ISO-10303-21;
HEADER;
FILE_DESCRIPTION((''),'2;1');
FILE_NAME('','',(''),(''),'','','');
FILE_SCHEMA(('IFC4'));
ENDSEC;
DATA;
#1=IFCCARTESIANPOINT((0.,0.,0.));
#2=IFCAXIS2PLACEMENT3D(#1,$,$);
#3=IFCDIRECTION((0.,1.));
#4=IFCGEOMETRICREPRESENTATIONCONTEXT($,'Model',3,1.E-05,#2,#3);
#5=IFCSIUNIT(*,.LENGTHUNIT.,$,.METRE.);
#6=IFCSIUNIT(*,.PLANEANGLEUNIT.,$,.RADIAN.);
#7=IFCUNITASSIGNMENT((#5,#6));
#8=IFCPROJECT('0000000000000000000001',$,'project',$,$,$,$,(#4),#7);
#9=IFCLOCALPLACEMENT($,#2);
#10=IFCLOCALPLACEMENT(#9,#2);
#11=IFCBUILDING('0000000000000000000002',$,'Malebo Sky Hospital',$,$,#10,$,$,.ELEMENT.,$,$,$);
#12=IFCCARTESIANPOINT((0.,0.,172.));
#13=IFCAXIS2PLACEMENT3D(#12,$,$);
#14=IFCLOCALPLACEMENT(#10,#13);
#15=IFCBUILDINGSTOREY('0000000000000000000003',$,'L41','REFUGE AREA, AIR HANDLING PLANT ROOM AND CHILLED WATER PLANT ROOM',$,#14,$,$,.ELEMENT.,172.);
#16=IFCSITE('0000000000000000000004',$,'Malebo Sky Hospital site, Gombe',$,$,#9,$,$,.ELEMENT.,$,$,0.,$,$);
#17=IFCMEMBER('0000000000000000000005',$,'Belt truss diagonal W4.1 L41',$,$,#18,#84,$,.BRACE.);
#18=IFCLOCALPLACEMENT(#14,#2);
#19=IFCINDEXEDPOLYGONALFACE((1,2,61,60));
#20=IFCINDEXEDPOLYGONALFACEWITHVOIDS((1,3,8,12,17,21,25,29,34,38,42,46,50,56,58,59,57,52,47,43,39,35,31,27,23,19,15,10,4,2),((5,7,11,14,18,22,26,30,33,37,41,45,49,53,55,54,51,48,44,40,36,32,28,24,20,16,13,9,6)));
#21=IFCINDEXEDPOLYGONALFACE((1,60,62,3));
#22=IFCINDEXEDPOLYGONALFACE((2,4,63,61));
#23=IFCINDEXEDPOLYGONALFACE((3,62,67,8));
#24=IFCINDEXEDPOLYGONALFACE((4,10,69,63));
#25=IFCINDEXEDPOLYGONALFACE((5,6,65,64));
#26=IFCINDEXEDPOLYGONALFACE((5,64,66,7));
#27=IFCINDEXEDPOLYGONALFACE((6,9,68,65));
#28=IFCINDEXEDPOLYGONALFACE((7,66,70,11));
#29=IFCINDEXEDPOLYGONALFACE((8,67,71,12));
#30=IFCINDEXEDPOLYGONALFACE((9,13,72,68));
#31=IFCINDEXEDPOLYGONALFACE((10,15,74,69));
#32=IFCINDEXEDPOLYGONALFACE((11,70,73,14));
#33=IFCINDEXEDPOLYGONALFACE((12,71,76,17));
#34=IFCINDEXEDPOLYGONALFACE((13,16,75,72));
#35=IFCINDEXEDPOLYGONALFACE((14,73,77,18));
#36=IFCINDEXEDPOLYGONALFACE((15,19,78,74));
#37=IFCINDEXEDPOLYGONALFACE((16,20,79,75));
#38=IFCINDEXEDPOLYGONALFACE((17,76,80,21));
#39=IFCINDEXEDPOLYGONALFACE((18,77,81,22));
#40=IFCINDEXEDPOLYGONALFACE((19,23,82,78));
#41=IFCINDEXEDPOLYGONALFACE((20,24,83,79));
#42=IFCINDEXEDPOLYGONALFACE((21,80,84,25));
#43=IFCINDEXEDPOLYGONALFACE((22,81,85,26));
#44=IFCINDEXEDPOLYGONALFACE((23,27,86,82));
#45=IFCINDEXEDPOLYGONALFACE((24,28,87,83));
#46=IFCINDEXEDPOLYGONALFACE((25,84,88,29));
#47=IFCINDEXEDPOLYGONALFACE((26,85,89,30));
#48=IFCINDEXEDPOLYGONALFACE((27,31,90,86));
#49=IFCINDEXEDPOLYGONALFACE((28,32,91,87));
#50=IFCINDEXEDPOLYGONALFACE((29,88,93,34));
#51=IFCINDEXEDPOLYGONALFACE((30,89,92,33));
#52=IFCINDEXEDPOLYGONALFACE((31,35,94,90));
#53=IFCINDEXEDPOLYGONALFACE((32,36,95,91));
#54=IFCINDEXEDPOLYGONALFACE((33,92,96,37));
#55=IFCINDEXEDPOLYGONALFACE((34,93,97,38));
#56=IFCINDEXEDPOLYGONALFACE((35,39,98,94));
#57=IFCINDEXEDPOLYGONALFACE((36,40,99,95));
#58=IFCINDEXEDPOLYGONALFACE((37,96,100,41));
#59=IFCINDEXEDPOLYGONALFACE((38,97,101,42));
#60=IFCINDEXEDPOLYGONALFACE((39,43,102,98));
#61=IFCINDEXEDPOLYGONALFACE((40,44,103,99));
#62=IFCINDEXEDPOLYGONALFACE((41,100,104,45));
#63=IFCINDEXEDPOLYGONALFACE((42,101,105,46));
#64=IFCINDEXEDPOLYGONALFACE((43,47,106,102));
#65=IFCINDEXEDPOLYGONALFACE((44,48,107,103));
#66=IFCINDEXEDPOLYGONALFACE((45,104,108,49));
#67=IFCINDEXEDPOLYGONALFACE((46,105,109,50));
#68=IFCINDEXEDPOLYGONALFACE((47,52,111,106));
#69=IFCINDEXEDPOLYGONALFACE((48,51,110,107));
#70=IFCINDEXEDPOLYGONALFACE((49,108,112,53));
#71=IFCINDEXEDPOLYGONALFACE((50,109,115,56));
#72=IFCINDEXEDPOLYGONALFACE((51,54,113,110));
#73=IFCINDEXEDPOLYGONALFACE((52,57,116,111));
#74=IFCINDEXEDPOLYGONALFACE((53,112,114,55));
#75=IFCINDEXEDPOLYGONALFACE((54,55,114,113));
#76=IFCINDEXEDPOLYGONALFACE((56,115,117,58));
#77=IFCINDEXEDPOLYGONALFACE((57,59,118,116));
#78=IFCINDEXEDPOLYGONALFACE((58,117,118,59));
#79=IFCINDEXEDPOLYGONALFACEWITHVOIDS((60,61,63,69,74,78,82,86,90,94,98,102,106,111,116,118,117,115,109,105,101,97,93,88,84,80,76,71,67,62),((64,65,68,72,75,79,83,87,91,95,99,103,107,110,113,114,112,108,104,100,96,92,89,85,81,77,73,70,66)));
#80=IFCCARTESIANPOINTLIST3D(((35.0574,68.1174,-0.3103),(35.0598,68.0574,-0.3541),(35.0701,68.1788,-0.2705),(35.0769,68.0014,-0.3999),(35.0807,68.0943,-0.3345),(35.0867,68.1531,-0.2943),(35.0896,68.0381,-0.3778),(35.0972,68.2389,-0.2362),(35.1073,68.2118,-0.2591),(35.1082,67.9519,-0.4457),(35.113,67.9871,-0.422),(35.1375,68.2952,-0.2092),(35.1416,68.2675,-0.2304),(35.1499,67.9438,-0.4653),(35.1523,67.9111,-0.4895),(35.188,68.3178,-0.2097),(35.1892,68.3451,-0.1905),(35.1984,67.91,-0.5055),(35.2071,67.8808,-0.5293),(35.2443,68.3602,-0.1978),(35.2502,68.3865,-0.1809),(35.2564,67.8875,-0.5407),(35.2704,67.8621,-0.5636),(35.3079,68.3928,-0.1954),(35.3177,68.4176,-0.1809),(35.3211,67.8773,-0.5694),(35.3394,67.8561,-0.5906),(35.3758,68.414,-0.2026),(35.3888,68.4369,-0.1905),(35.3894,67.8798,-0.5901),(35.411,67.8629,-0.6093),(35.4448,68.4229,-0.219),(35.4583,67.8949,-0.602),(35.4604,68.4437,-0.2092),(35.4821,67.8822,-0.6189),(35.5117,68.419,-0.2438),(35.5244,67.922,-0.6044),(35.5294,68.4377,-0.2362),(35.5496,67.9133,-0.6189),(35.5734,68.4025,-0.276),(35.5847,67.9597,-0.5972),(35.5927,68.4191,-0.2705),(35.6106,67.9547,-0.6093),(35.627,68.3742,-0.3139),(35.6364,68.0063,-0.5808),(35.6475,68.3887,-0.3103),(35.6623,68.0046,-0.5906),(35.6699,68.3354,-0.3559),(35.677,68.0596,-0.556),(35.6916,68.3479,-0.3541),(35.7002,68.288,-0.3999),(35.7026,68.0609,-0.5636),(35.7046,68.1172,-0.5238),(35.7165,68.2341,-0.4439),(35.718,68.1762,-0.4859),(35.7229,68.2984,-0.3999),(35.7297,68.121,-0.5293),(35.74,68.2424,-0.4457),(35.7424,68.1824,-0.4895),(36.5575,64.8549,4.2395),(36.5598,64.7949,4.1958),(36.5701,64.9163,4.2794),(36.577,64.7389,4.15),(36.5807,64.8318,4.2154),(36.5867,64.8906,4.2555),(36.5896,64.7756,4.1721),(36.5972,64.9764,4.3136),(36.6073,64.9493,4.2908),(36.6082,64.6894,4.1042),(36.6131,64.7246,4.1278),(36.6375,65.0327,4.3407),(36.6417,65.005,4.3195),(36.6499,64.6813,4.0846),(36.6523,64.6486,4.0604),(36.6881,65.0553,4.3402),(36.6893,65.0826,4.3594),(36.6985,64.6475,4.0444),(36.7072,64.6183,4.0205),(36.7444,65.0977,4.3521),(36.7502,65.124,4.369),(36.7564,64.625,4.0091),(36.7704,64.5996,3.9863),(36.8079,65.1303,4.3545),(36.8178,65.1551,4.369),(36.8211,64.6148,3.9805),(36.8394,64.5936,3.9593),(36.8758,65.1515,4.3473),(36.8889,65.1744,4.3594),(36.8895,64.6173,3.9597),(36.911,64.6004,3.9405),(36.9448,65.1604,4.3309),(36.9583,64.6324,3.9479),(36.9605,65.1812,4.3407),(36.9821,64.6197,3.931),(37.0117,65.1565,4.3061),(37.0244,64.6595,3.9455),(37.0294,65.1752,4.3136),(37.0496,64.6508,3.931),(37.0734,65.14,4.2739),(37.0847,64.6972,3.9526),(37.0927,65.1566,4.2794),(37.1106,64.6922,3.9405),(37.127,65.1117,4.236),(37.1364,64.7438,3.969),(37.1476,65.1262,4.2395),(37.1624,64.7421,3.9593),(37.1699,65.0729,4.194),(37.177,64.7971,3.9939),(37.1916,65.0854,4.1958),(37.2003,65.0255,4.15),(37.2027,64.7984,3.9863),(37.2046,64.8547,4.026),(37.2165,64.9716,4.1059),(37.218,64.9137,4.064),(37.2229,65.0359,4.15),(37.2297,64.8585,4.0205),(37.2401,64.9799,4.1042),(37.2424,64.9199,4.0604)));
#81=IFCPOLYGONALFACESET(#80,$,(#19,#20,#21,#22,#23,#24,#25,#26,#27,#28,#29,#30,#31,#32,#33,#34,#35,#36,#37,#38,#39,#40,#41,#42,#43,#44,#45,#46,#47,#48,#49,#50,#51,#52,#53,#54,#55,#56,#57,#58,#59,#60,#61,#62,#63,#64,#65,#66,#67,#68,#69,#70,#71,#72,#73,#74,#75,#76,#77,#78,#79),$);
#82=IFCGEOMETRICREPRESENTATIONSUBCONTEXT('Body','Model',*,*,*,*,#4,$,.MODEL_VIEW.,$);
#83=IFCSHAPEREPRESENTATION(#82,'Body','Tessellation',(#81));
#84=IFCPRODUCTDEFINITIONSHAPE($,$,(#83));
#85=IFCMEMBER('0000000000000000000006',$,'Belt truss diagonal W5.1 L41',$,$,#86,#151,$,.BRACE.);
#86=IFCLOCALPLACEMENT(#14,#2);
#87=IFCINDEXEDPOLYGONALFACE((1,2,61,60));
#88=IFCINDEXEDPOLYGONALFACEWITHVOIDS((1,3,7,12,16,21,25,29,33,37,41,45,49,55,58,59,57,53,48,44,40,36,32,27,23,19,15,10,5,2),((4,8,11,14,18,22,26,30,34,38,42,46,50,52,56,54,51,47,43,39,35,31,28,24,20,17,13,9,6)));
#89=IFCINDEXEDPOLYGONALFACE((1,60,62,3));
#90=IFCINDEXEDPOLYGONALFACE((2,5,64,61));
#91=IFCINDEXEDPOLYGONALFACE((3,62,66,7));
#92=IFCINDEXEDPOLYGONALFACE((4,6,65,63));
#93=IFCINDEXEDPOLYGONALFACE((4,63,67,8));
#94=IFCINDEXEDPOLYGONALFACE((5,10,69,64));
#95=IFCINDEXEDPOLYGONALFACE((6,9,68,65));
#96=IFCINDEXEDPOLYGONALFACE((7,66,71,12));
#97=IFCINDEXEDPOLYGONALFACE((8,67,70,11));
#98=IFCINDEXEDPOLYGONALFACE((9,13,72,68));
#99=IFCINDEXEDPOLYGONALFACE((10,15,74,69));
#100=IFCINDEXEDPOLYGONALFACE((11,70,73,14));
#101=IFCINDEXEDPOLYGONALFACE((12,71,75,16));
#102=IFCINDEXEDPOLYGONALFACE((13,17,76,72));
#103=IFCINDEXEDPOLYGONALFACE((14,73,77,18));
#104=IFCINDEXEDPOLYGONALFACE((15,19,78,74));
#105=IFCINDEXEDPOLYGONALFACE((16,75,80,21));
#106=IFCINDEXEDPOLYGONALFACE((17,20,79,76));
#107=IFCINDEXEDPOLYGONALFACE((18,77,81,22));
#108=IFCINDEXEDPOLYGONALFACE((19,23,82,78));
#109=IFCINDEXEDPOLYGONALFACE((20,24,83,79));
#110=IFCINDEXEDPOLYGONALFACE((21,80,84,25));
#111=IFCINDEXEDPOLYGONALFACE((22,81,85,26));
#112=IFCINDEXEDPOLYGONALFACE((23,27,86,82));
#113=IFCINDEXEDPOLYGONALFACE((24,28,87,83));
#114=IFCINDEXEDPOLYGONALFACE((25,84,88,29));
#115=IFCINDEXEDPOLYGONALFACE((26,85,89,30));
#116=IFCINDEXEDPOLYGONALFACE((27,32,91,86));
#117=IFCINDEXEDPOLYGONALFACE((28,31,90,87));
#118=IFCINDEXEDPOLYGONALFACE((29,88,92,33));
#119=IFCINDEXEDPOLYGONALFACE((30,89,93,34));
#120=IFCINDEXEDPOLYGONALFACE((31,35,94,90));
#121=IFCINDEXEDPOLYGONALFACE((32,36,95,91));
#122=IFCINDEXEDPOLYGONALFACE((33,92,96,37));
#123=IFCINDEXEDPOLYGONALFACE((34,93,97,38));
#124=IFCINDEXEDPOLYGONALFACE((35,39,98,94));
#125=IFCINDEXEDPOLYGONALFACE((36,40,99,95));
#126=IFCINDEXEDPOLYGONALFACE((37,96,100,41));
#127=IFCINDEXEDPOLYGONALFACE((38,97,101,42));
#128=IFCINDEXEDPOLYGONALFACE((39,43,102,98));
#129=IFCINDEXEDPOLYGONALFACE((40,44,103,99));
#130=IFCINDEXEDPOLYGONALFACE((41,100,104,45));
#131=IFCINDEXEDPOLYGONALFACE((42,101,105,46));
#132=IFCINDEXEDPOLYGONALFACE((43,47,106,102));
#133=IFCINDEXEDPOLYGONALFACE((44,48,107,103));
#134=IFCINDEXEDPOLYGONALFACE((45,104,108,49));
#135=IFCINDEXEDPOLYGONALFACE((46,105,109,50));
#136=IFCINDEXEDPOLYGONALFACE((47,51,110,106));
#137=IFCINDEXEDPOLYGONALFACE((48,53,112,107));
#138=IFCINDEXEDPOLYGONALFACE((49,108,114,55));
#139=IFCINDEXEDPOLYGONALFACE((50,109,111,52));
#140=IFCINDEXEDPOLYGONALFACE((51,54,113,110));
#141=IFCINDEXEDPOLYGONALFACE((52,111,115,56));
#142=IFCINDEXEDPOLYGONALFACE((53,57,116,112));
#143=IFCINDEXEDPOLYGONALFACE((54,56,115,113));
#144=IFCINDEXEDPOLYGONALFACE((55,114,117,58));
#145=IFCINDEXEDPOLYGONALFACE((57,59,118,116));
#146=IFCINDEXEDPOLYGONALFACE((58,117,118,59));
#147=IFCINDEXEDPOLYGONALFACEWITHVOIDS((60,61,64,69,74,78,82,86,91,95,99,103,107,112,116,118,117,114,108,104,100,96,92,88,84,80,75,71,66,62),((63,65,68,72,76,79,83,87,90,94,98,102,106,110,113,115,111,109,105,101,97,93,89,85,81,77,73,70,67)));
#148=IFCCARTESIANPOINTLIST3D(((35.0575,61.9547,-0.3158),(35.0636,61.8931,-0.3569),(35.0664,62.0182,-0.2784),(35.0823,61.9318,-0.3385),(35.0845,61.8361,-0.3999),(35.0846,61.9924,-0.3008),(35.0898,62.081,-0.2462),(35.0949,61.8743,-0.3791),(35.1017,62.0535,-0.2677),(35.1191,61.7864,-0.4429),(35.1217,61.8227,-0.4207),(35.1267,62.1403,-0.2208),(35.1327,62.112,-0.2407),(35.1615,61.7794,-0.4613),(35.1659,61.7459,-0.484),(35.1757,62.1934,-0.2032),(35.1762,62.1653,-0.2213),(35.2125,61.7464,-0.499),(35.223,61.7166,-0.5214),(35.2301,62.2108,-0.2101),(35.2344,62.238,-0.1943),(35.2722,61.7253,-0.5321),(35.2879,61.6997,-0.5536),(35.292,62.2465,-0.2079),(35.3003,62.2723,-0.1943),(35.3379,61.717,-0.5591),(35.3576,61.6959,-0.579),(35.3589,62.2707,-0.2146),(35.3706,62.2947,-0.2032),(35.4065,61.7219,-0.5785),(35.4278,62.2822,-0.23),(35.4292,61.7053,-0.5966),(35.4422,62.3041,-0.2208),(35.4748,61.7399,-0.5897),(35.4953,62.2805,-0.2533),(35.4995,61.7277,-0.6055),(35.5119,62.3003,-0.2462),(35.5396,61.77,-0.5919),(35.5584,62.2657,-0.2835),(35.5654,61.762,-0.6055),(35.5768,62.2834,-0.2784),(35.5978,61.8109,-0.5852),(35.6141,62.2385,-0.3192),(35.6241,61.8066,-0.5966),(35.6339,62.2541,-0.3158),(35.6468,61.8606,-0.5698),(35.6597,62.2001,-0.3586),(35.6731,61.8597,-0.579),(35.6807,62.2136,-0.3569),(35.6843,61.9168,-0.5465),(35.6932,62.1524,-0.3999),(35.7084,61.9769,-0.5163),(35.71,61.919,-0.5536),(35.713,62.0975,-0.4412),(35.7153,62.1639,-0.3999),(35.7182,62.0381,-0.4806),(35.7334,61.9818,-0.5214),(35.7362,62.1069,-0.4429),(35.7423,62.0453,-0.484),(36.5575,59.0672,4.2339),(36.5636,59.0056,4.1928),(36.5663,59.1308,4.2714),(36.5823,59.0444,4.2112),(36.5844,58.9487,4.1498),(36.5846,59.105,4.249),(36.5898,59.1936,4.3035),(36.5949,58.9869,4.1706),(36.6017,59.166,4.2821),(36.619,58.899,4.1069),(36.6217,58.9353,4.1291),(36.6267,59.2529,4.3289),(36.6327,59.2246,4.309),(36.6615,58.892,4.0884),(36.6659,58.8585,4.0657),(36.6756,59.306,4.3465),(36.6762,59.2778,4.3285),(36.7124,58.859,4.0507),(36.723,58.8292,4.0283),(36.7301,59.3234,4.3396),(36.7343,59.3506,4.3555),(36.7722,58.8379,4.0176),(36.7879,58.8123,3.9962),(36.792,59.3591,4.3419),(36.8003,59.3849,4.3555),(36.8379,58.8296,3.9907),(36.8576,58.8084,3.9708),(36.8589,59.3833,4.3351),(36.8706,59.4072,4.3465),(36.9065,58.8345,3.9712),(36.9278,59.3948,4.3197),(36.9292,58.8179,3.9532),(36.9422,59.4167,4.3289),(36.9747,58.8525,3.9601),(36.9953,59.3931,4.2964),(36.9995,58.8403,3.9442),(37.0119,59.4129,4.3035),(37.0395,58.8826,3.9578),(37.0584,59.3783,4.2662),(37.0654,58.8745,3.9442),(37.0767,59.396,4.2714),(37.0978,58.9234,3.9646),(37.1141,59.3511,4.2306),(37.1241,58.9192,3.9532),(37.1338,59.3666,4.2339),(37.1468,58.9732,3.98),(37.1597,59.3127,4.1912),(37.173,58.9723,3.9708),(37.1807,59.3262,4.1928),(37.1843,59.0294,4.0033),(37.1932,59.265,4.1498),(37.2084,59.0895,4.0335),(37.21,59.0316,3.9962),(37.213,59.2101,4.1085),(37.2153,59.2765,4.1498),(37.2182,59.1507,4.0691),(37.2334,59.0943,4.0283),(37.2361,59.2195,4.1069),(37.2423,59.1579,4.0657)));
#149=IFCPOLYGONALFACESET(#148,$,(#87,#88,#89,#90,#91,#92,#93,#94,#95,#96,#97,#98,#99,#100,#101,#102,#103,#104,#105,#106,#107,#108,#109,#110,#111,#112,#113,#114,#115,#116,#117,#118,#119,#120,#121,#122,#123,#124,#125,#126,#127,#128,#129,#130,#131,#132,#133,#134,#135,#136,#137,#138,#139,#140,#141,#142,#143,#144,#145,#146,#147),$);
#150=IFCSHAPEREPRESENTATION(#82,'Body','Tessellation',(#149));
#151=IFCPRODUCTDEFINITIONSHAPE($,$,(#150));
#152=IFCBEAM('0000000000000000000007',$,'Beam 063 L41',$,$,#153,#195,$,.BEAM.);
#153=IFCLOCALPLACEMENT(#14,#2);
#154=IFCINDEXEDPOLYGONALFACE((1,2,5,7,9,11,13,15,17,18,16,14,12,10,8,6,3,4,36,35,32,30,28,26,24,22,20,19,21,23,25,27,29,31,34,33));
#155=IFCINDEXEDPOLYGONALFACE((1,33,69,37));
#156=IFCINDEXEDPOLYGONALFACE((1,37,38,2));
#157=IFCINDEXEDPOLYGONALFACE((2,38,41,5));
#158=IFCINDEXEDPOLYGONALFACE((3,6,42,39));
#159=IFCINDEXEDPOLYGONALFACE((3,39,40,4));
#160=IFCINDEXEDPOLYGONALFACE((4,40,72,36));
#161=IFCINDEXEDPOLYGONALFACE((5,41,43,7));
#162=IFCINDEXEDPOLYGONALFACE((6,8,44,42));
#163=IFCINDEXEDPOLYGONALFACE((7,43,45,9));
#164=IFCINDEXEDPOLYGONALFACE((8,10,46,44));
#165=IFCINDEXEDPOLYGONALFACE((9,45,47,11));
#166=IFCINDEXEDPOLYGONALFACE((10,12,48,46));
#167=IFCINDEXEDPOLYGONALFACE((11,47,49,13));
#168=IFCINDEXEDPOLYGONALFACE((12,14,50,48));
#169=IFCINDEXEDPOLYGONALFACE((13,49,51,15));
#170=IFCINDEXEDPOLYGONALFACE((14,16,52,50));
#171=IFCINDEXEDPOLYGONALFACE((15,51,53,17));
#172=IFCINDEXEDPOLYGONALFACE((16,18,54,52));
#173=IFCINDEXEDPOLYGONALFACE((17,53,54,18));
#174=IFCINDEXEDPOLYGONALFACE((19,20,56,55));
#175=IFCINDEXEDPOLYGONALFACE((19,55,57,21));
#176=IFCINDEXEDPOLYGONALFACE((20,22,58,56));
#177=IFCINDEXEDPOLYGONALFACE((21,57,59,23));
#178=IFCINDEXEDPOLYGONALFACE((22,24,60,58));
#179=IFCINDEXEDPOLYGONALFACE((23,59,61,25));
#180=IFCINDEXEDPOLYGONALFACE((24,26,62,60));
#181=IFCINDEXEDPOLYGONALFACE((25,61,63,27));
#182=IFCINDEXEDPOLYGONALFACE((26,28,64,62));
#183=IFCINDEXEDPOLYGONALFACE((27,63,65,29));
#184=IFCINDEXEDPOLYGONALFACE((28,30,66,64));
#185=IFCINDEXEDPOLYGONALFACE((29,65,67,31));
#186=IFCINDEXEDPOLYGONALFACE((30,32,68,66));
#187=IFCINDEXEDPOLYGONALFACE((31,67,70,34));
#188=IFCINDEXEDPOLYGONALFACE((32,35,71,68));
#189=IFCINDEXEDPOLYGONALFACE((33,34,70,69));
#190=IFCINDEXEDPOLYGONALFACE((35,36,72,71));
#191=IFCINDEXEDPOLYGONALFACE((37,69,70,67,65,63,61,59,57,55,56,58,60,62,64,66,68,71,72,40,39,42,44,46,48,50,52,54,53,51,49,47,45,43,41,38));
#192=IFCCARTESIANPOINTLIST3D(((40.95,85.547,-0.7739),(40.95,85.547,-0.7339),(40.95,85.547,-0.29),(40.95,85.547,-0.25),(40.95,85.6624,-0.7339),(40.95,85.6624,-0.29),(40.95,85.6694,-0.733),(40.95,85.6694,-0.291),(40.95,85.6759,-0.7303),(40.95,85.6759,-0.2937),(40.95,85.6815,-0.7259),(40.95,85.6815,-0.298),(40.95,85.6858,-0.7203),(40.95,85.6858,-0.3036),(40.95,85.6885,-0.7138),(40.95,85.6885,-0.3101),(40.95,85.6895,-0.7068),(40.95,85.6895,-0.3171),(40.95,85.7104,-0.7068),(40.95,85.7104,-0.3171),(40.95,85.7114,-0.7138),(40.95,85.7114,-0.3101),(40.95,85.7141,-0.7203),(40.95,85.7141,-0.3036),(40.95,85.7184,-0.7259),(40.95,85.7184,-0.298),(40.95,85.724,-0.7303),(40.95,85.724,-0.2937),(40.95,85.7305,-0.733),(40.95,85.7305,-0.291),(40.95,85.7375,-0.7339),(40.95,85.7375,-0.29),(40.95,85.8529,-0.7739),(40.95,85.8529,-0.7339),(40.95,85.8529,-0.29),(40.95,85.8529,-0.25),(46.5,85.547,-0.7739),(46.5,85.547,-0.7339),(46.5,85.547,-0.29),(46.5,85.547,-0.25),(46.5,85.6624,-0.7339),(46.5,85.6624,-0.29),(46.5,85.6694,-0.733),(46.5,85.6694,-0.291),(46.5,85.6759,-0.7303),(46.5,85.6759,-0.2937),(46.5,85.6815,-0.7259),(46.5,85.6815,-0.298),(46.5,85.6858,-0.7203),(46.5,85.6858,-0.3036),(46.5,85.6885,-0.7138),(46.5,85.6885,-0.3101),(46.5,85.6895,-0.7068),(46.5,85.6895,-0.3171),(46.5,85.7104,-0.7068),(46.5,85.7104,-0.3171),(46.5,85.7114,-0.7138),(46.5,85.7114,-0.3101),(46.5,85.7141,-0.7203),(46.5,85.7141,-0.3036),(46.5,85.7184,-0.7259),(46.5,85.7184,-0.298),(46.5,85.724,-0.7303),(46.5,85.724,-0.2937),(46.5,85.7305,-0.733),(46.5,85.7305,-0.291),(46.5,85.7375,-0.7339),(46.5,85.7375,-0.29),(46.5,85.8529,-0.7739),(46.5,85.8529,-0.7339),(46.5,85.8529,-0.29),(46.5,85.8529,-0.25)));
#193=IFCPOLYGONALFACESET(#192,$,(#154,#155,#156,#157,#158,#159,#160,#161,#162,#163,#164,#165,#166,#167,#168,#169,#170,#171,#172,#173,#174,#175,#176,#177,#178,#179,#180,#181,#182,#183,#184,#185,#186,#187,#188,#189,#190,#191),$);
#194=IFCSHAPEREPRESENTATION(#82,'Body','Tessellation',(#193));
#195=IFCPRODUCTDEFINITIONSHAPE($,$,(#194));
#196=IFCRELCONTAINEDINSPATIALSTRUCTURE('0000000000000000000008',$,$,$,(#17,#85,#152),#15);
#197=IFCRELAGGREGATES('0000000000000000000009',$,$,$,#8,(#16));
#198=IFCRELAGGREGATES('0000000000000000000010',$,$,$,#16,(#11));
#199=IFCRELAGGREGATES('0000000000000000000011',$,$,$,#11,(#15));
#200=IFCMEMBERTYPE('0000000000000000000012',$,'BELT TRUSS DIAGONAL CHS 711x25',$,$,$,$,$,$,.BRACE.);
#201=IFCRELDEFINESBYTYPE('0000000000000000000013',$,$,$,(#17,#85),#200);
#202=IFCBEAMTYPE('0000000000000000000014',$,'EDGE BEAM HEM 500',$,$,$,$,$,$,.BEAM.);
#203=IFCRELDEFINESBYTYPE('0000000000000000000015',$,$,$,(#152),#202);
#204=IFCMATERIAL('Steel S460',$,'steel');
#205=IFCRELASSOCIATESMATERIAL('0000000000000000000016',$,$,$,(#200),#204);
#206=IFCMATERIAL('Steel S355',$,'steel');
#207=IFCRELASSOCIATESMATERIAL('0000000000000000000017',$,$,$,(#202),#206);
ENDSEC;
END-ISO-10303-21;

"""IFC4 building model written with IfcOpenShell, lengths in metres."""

from ifc_helpers import new_model, si_unit, direction, frame, origin, origin_2d, place, context, subcontext, project, spatial, hollow_circle, i_section, extrude, material, material_profile, profile_set, type_object, element, save


model = new_model("IFC4")

# Units and contexts
model_context = context("Model", 3, precision=1e-05, world=origin(), true_north=direction((0.0, 1.0)))
body_context = subcontext(model_context, "Body", "Model", "MODEL_VIEW")
ifc_project = project(units=[si_unit("LENGTHUNIT", "METRE"), si_unit("PLANEANGLEUNIT", "RADIAN")], contexts=[model_context])

# Site, building, storey
site_placement = place(None, origin())
site = spatial("IfcSite", under=ifc_project, at=site_placement, Name="Malebo Sky Hospital site, Gombe", CompositionType="ELEMENT", RefElevation=0.0)
building_placement = place(site_placement, origin())
building = spatial("IfcBuilding", under=site, at=building_placement, Name="Malebo Sky Hospital", CompositionType="ELEMENT")
storey_placement = place(building_placement, frame((0.0, 0.0, 172.0)))
storey = spatial("IfcBuildingStorey", under=building, at=storey_placement, Name="L41", Description="REFUGE AREA, AIR HANDLING PLANT ROOM AND CHILLED WATER PLANT ROOM", CompositionType="ELEMENT", Elevation=172.0)

# Shared definitions
ifc_material_1 = material(Name="Steel S460", Category="steel")

# Members
ifc_material_profile_1 = material_profile(ifc_material_1, hollow_circle(Radius=0.3555, WallThickness=0.0249, at=origin_2d()), Name="CHS 711x25")
ifc_profile_set_1 = profile_set([ifc_material_profile_1], Name="Steel S460")
member_type_1 = type_object("IfcMemberType", Name="BELT TRUSS DIAGONAL CHS 711x25", PredefinedType="BRACE", material=ifc_profile_set_1)
member_1_placement = place(storey_placement, frame((35.3999, 68.1499, -0.3999), z_axis=(0.258796, -0.562874, 0.784982), x_axis=(0.908567, 0.417738, 0.0)))
element("IfcMember", 1, at=member_1_placement, inside=storey, type_object=member_type_1, Name="Belt truss diagonal W4.1 L41", PredefinedType="BRACE", context=body_context, shape_type="SweptSolid", body=[
    extrude(hollow_circle(Radius=0.3555, WallThickness=0.0249, at=origin_2d()), origin(), (0.0, 0.0, 1.0), 5.7961),
])
member_2_placement = place(storey_placement, frame((35.3999, 62.0, -0.3999), z_axis=(0.268165, -0.516208, 0.813398), x_axis=(0.887402, 0.460996, 0.0)))
element("IfcMember", 2, at=member_2_placement, inside=storey, type_object=member_type_1, Name="Belt truss diagonal W5.1 L41", PredefinedType="BRACE", context=body_context, shape_type="SweptSolid", body=[
    extrude(hollow_circle(Radius=0.3555, WallThickness=0.0249, at=origin_2d()), origin(), (0.0, 0.0, 1.0), 5.5935),
])

# Beam
ifc_material_2 = material(Name="Steel S355", Category="steel")
ifc_material_profile_2 = material_profile(ifc_material_2, i_section(OverallWidth=0.3059, OverallDepth=0.5239, WebThickness=0.021, FlangeThickness=0.04, FilletRadius=0.0271, at=origin_2d()), Name="HEM 500")
ifc_profile_set_2 = profile_set([ifc_material_profile_2], Name="Steel S355")
beam_type = type_object("IfcBeamType", Name="EDGE BEAM HEM 500", PredefinedType="BEAM", material=ifc_profile_set_2)
beam_placement = place(storey_placement, frame((40.95, 85.7, -0.512), z_axis=(1.0, 0.0, 0.0), x_axis=(0.0, 1.0, 0.0)))
element("IfcBeam", 3, at=beam_placement, inside=storey, type_object=beam_type, Name="Beam 063 L41", PredefinedType="BEAM", context=body_context, shape_type="SweptSolid", body=[
    extrude(i_section(OverallWidth=0.3059, OverallDepth=0.5239, WebThickness=0.021, FlangeThickness=0.04, FilletRadius=0.0271, at=origin_2d()), origin(), (0.0, 0.0, 1.0), 5.55),
])

save(model, "model.ifc")
